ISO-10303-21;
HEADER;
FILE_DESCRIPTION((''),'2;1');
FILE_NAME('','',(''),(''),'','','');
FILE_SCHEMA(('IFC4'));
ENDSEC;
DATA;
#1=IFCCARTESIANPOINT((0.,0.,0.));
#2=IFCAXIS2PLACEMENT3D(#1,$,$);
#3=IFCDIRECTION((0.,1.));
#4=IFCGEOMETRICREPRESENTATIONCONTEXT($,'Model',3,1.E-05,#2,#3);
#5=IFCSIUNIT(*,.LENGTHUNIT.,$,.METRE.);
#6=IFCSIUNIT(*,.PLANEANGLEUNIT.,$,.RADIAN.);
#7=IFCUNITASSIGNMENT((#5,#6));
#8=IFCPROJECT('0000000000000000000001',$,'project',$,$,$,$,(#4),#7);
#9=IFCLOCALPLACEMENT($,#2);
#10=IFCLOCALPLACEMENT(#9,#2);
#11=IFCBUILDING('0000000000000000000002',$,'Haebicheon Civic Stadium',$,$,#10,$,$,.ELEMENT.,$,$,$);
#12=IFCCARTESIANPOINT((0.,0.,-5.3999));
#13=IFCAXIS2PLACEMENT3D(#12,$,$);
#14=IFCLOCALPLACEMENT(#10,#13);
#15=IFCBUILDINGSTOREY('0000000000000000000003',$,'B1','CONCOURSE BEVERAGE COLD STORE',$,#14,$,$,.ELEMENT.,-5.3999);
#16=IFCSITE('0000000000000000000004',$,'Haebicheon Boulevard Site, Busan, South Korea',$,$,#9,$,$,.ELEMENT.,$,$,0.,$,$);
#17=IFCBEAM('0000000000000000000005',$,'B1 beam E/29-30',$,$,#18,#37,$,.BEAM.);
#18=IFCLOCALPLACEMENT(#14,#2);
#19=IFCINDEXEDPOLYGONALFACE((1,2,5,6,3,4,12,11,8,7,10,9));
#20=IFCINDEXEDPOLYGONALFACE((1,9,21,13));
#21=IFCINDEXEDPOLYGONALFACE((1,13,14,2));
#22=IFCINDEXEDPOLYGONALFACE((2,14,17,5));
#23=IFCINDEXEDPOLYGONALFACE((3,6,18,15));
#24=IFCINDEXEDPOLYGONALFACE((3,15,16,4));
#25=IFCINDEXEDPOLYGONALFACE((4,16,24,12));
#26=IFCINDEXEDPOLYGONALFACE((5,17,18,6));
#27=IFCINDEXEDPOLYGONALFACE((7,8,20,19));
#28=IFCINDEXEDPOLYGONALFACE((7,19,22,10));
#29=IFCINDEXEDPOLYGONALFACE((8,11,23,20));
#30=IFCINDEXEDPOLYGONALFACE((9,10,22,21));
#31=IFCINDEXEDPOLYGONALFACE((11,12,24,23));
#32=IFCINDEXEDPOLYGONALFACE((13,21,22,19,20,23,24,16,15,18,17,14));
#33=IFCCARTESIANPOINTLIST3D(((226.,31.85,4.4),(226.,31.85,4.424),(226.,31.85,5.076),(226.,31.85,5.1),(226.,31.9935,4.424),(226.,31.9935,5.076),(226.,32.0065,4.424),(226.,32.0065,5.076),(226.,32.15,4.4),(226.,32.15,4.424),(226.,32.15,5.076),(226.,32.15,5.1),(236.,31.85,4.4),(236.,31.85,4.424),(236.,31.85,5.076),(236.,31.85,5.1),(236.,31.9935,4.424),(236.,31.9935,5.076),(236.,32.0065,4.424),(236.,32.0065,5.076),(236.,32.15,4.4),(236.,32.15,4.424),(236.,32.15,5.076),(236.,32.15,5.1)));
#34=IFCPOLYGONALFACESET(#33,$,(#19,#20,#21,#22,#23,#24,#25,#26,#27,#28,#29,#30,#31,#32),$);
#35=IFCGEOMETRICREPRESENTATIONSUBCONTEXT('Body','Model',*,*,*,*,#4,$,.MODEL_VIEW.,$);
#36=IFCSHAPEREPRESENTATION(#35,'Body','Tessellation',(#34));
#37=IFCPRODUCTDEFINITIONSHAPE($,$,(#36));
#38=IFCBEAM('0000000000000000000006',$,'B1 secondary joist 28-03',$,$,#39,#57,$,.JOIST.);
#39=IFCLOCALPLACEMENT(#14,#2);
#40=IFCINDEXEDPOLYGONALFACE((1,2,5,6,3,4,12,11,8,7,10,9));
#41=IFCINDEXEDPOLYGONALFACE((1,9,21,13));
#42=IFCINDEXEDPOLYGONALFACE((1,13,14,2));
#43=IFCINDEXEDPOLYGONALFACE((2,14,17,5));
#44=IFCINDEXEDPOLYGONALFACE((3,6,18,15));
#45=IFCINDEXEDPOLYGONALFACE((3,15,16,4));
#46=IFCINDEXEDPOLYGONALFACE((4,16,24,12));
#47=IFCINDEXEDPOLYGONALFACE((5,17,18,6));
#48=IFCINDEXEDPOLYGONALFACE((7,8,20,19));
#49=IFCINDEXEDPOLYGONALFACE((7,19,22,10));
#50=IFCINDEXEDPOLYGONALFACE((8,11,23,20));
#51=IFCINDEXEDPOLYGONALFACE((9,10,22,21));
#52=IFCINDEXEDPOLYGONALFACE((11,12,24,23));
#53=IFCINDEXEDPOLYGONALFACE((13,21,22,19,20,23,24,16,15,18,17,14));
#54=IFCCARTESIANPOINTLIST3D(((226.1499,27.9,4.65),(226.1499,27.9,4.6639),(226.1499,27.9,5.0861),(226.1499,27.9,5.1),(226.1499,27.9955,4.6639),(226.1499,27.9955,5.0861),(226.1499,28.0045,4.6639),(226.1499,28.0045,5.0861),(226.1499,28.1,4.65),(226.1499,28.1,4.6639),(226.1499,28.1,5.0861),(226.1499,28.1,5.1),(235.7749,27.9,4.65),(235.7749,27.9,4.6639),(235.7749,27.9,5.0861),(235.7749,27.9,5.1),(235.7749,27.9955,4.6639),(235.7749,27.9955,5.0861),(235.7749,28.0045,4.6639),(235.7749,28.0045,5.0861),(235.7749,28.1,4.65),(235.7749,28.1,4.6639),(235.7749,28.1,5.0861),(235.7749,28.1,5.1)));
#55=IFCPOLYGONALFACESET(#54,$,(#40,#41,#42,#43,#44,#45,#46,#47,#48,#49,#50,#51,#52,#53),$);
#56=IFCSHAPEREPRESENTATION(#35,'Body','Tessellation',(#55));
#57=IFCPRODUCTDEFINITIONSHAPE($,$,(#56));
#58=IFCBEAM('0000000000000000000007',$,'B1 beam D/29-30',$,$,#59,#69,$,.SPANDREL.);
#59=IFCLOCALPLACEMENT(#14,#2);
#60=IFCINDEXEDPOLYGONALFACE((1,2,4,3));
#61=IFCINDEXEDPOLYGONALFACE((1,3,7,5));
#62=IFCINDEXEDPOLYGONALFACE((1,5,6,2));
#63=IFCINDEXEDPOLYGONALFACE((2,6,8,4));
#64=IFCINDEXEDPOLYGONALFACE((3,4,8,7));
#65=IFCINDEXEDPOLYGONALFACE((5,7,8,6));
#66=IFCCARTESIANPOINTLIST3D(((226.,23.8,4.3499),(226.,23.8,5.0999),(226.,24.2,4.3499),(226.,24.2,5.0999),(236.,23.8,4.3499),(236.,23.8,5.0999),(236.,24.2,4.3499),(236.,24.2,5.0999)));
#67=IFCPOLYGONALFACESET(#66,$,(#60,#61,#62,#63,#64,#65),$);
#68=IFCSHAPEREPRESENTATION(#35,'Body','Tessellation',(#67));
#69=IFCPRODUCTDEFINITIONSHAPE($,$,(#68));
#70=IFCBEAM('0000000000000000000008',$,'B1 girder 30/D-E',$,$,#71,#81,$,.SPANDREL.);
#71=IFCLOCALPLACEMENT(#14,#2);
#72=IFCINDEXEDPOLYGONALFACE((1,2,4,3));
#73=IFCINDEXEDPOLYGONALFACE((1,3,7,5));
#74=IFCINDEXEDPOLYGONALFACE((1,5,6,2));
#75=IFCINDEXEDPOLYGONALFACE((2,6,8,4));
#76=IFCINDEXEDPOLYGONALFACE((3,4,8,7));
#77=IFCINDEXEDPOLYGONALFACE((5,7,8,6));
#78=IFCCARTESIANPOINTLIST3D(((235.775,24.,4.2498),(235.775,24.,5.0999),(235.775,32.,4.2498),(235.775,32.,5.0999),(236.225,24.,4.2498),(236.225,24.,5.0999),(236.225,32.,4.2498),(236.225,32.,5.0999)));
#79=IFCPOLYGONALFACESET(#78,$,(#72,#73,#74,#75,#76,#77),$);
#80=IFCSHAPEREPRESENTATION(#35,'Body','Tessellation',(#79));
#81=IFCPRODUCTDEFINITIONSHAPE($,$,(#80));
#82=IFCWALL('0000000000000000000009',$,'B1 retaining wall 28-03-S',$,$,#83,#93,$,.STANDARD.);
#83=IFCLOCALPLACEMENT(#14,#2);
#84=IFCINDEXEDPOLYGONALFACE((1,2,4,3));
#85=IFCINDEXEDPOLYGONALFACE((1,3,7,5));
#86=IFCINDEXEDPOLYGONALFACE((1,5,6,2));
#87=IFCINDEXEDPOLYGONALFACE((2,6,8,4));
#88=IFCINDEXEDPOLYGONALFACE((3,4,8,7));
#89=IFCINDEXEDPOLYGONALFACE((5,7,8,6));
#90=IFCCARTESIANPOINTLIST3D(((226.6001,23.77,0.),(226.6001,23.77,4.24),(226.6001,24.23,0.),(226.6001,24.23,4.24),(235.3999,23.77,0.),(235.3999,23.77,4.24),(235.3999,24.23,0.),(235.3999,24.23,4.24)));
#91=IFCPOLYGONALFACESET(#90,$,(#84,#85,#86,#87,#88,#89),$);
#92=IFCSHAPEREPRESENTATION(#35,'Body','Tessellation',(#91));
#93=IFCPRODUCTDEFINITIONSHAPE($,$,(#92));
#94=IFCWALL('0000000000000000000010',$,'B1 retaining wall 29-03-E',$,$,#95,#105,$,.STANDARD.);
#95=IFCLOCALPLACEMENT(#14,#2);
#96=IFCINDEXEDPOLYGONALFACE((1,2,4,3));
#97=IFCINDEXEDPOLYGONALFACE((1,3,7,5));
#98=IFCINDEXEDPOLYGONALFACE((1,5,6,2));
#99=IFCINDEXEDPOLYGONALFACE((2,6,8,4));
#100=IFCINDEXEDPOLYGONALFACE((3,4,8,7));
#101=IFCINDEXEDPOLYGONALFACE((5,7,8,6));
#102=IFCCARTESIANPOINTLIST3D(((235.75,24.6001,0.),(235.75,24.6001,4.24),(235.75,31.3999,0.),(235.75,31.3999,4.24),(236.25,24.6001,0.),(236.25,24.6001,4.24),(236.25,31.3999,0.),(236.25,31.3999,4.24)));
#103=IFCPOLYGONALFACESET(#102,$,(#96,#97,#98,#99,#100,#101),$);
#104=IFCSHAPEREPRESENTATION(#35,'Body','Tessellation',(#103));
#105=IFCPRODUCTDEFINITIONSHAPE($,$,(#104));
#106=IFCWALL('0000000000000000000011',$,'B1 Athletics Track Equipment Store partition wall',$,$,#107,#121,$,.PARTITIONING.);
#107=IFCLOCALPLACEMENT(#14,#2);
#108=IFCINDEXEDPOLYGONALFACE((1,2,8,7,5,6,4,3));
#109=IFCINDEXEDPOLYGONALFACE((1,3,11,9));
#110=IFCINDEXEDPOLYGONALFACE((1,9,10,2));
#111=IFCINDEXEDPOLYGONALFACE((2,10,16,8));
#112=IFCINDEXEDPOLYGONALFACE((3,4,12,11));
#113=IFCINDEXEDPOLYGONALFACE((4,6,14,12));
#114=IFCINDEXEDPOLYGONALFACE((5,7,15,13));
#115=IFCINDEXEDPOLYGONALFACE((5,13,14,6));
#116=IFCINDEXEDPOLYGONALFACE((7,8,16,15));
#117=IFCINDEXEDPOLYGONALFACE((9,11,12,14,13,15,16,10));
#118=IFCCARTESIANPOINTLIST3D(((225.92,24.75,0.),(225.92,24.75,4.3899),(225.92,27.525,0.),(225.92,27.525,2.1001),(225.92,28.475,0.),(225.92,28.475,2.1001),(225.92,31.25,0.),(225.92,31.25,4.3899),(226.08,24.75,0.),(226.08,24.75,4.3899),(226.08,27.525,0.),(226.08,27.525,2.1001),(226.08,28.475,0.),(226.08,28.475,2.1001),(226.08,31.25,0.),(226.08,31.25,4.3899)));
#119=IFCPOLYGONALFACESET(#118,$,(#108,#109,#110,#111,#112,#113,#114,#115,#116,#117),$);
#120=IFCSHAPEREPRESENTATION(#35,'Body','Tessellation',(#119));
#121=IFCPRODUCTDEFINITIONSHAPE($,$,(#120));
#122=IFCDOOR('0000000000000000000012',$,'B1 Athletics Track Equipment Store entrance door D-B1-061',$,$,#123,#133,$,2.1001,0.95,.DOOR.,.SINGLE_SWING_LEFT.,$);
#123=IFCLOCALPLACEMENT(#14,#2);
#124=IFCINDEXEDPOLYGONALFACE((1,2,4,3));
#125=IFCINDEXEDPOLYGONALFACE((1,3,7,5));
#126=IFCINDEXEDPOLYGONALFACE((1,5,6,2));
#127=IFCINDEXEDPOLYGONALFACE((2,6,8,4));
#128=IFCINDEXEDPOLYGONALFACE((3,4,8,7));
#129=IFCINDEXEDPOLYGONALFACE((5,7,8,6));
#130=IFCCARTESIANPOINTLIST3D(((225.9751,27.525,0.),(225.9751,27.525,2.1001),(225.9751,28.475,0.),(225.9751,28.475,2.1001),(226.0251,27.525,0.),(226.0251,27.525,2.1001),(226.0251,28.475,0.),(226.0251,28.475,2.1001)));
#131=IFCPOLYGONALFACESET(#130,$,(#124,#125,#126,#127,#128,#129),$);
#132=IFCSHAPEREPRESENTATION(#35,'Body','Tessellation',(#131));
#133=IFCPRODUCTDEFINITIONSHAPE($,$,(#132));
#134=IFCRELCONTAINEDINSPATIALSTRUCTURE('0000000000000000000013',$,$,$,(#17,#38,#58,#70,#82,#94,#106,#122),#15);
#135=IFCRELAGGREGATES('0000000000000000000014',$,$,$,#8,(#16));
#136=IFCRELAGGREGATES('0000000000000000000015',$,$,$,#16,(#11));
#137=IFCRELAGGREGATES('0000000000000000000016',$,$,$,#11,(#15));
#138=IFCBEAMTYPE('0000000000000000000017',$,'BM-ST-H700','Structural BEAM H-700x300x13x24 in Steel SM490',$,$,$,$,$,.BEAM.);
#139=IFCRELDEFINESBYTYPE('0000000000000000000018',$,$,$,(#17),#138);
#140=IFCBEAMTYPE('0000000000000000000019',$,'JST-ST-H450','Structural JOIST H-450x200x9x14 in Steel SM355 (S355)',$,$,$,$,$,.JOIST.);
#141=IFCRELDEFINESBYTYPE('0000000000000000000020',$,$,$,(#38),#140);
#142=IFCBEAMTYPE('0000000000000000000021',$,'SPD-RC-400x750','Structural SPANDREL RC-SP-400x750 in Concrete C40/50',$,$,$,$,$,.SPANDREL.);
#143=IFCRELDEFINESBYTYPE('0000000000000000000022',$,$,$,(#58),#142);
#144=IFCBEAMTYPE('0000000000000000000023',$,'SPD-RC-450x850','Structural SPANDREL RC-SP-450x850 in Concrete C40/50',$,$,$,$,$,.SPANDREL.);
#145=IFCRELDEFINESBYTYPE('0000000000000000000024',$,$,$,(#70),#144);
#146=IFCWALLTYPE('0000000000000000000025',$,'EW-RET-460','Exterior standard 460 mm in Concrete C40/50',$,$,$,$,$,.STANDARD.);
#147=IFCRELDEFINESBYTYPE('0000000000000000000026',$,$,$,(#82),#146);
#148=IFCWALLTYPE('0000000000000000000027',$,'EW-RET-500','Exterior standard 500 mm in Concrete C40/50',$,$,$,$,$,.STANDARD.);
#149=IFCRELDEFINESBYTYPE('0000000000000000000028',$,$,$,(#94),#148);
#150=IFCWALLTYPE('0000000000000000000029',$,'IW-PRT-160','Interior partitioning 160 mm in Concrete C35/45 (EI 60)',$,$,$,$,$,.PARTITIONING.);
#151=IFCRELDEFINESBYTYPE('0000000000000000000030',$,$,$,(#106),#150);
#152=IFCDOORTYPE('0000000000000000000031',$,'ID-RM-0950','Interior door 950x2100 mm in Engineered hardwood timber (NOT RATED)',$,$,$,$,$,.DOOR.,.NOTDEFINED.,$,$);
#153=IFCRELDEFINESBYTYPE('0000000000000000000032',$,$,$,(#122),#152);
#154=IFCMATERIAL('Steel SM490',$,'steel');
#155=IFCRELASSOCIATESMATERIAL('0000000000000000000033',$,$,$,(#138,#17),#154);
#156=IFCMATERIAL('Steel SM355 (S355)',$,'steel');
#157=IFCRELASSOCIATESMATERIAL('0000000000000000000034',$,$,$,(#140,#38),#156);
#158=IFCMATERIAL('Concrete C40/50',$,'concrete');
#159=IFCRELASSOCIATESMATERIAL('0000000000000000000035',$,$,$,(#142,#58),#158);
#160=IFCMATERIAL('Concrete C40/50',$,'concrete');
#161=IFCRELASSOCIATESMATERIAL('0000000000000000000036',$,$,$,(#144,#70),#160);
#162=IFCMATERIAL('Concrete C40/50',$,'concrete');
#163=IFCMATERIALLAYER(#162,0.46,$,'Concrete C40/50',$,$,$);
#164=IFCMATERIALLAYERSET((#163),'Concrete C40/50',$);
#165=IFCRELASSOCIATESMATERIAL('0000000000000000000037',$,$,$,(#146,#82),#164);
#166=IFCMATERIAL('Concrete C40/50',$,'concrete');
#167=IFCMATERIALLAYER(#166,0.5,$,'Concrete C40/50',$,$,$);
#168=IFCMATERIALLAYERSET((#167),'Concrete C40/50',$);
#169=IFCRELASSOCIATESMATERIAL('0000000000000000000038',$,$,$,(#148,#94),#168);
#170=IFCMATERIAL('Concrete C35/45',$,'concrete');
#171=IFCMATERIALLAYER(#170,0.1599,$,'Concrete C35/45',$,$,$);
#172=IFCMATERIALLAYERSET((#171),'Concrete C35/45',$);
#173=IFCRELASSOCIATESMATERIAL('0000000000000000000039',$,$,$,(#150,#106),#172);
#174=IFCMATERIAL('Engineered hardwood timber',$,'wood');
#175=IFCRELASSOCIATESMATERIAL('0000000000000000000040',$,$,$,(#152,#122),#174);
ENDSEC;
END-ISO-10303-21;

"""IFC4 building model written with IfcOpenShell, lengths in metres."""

from ifc_helpers import new_model, si_unit, direction, frame, frame_2d, origin, origin_2d, place, context, subcontext, project, spatial, rectangle, i_section, extrude, material, layer, layer_set, material_profile, profile_set, type_object, element, fill, save


model = new_model("IFC4")

# Units and contexts
model_context = context("Model", 3, precision=1e-05, world=origin(), true_north=direction((0.0, 1.0)))
body_context = subcontext(model_context, "Body", "Model", "MODEL_VIEW")
ifc_project = project(units=[si_unit("LENGTHUNIT", "METRE"), si_unit("PLANEANGLEUNIT", "RADIAN")], contexts=[model_context])

# Site, building, storey
site_placement = place(None, origin())
site = spatial("IfcSite", under=ifc_project, at=site_placement, Name="Haebicheon Boulevard Site, Busan, South Korea", CompositionType="ELEMENT", RefElevation=0.0)
building_placement = place(site_placement, origin())
building = spatial("IfcBuilding", under=site, at=building_placement, Name="Haebicheon Civic Stadium", CompositionType="ELEMENT")
storey_placement = place(building_placement, frame((0.0, 0.0, -5.3999)))
storey = spatial("IfcBuildingStorey", under=building, at=storey_placement, Name="B1", Description="CONCOURSE BEVERAGE COLD STORE", CompositionType="ELEMENT", Elevation=-5.3999)

# Beams
ifc_material_1 = material(Name="Steel SM490", Category="steel")
ifc_material_profile_1 = material_profile(ifc_material_1, i_section(OverallWidth=0.3, OverallDepth=0.7, WebThickness=0.0129, FlangeThickness=0.0239, at=origin_2d()), Name="H-700x300x13x24")
ifc_profile_set_1 = profile_set([ifc_material_profile_1], Name="Steel SM490")
beam_type_1 = type_object("IfcBeamType", Name="BM-ST-H700", Description="Structural BEAM H-700x300x13x24 in Steel SM490", PredefinedType="BEAM", material=ifc_profile_set_1)
beam_1_placement = place(storey_placement, frame((226.0, 32.0, 4.75), z_axis=(1.0, 0.0, 0.0), x_axis=(0.0, 1.0, 0.0)))
element("IfcBeam", 1, at=beam_1_placement, inside=storey, type_object=beam_type_1, material=ifc_profile_set_1, Name="B1 beam E/29-30", PredefinedType="BEAM", context=body_context, shape_type="SweptSolid", body=[
    extrude(i_section(OverallWidth=0.3, OverallDepth=0.7, WebThickness=0.0129, FlangeThickness=0.0239, at=origin_2d()), origin(), (0.0, 0.0, 1.0), 10.0),
])
ifc_material_2 = material(Name="Steel SM355 (S355)", Category="steel")
ifc_material_profile_2 = material_profile(ifc_material_2, i_section(OverallWidth=0.2, OverallDepth=0.45, WebThickness=0.009, FlangeThickness=0.0139, at=origin_2d()), Name="H-450x200x9x14")
ifc_profile_set_2 = profile_set([ifc_material_profile_2], Name="Steel SM355 (S355)")
beam_type_2 = type_object("IfcBeamType", Name="JST-ST-H450", Description="Structural JOIST H-450x200x9x14 in Steel SM355 (S355)", PredefinedType="JOIST", material=ifc_profile_set_2)
beam_2_placement = place(storey_placement, frame((226.1499, 28.0, 4.875), z_axis=(1.0, 0.0, 0.0), x_axis=(0.0, 1.0, 0.0)))
element("IfcBeam", 2, at=beam_2_placement, inside=storey, type_object=beam_type_2, material=ifc_profile_set_2, Name="B1 secondary joist 28-03", PredefinedType="JOIST", context=body_context, shape_type="SweptSolid", body=[
    extrude(i_section(OverallWidth=0.2, OverallDepth=0.45, WebThickness=0.009, FlangeThickness=0.0139, at=origin_2d()), origin(), (0.0, 0.0, 1.0), 9.625),
])
ifc_material_3 = material(Name="Concrete C40/50", Category="concrete")
ifc_material_profile_3 = material_profile(ifc_material_3, rectangle(XDim=0.3999, YDim=0.75, at=origin_2d()), Name="RC-SP-400x750")
ifc_profile_set_3 = profile_set([ifc_material_profile_3], Name="Concrete C40/50")
beam_type_3 = type_object("IfcBeamType", Name="SPD-RC-400x750", Description="Structural SPANDREL RC-SP-400x750 in Concrete C40/50", PredefinedType="SPANDREL", material=ifc_profile_set_3)
beam_3_placement = place(storey_placement, frame((226.0, 24.0, 4.7249), z_axis=(1.0, 0.0, 0.0), x_axis=(0.0, 1.0, 0.0)))
element("IfcBeam", 3, at=beam_3_placement, inside=storey, type_object=beam_type_3, material=ifc_profile_set_3, Name="B1 beam D/29-30", PredefinedType="SPANDREL", context=body_context, shape_type="SweptSolid", body=[
    extrude(rectangle(XDim=0.3999, YDim=0.75, at=origin_2d()), origin(), (0.0, 0.0, 1.0), 10.0),
])
ifc_material_4 = material(Name="Concrete C40/50", Category="concrete")
ifc_material_profile_4 = material_profile(ifc_material_4, rectangle(XDim=0.45, YDim=0.8501, at=origin_2d()), Name="RC-SP-450x850")
ifc_profile_set_4 = profile_set([ifc_material_profile_4], Name="Concrete C40/50")
beam_type_4 = type_object("IfcBeamType", Name="SPD-RC-450x850", Description="Structural SPANDREL RC-SP-450x850 in Concrete C40/50", PredefinedType="SPANDREL", material=ifc_profile_set_4)
beam_4_placement = place(storey_placement, frame((236.0, 24.0, 4.6748), z_axis=(0.0, 1.0, 0.0), x_axis=(-1.0, 0.0, 0.0)))
element("IfcBeam", 4, at=beam_4_placement, inside=storey, type_object=beam_type_4, material=ifc_profile_set_4, Name="B1 girder 30/D-E", PredefinedType="SPANDREL", context=body_context, shape_type="SweptSolid", body=[
    extrude(rectangle(XDim=0.45, YDim=0.8501, at=origin_2d()), origin(), (0.0, 0.0, 1.0), 8.0),
])

# Walls
ifc_material_5 = material(Name="Concrete C40/50", Category="concrete")
ifc_layer_1 = layer(ifc_material_5, 0.46, Name="Concrete C40/50")
ifc_layer_set_1 = layer_set([ifc_layer_1], Name="Concrete C40/50")
wall_type_1 = type_object("IfcWallType", Name="EW-RET-460", Description="Exterior standard 460 mm in Concrete C40/50", PredefinedType="STANDARD", material=ifc_layer_set_1)
wall_1_placement = place(storey_placement, frame((226.6001, 24.0, 0.0), z_axis=(0.0, 0.0, 1.0), x_axis=(1.0, 0.0, 0.0)))
element("IfcWall", 5, at=wall_1_placement, inside=storey, type_object=wall_type_1, material=ifc_layer_set_1, Name="B1 retaining wall 28-03-S", PredefinedType="STANDARD", context=body_context, shape_type="SweptSolid", body=[
    extrude(rectangle(XDim=8.7998, YDim=0.46, at=frame_2d((4.3999, 0.0))), origin(), (0.0, 0.0, 1.0), 4.24),
])
ifc_material_6 = material(Name="Concrete C40/50", Category="concrete")
ifc_layer_2 = layer(ifc_material_6, 0.5, Name="Concrete C40/50")
ifc_layer_set_2 = layer_set([ifc_layer_2], Name="Concrete C40/50")
wall_type_2 = type_object("IfcWallType", Name="EW-RET-500", Description="Exterior standard 500 mm in Concrete C40/50", PredefinedType="STANDARD", material=ifc_layer_set_2)
wall_2_placement = place(storey_placement, frame((236.0, 24.6001, 0.0), z_axis=(0.0, 0.0, 1.0), x_axis=(0.0, 1.0, 0.0)))
element("IfcWall", 6, at=wall_2_placement, inside=storey, type_object=wall_type_2, material=ifc_layer_set_2, Name="B1 retaining wall 29-03-E", PredefinedType="STANDARD", context=body_context, shape_type="SweptSolid", body=[
    extrude(rectangle(XDim=6.7998, YDim=0.5, at=frame_2d((3.3999, 0.0))), origin(), (0.0, 0.0, 1.0), 4.24),
])

# Wall, opening, door
ifc_material_7 = material(Name="Concrete C35/45", Category="concrete")
ifc_layer_3 = layer(ifc_material_7, 0.1599, Name="Concrete C35/45")
ifc_layer_set_3 = layer_set([ifc_layer_3], Name="Concrete C35/45")
wall_type_3 = type_object("IfcWallType", Name="IW-PRT-160", Description="Interior partitioning 160 mm in Concrete C35/45 (EI 60)", PredefinedType="PARTITIONING", material=ifc_layer_set_3)
wall_3_placement = place(storey_placement, frame((226.0, 24.75, 0.0), z_axis=(0.0, 0.0, 1.0), x_axis=(0.0, 1.0, 0.0)))
wall_3 = element("IfcWall", 7, at=wall_3_placement, inside=storey, type_object=wall_type_3, material=ifc_layer_set_3, Name="B1 Athletics Track Equipment Store partition wall", PredefinedType="PARTITIONING", context=body_context, shape_type="SweptSolid", body=[
    extrude(rectangle(XDim=6.5, YDim=0.1599, at=frame_2d((3.25, 0.0))), origin(), (0.0, 0.0, 1.0), 4.3899),
])
opening_placement = place(wall_3_placement, frame((2.7749, 0.0, 0.0)))
opening = element("IfcOpeningElement", 8, at=opening_placement, cuts=wall_3, PredefinedType="OPENING", context=body_context, shape_type="SweptSolid", body=[
    extrude(rectangle(XDim=0.95, YDim=2.1001, at=frame_2d((0.4751, 1.05))), frame((0.0, 0.0898, 0.0), z_axis=(0.0, -1.0, 0.0), x_axis=(1.0, 0.0, 0.0)), (0.0, 0.0, 1.0), 0.1799),
])
ifc_material_8 = material(Name="Engineered hardwood timber", Category="wood")
door_type = type_object("IfcDoorType", Name="ID-RM-0950", Description="Interior door 950x2100 mm in Engineered hardwood timber (NOT RATED)", OperationType="NOTDEFINED", PredefinedType="DOOR", material=ifc_material_8)
door_placement = place(opening_placement, origin())
door = element("IfcDoor", 9, at=door_placement, inside=storey, type_object=door_type, material=ifc_material_8, Name="B1 Athletics Track Equipment Store entrance door D-B1-061", OperationType="SINGLE_SWING_LEFT", OverallHeight=2.1001, OverallWidth=0.95, PredefinedType="DOOR", context=body_context, shape_type="SweptSolid", body=[
    extrude(rectangle(XDim=0.95, YDim=2.1001, at=frame_2d((0.4751, 1.05))), frame((0.0, 0.0249, 0.0), z_axis=(0.0, -1.0, 0.0), x_axis=(1.0, 0.0, 0.0)), (0.0, 0.0, 1.0), 0.05),
])
fill(opening, door)

save(model, "model.ifc")
